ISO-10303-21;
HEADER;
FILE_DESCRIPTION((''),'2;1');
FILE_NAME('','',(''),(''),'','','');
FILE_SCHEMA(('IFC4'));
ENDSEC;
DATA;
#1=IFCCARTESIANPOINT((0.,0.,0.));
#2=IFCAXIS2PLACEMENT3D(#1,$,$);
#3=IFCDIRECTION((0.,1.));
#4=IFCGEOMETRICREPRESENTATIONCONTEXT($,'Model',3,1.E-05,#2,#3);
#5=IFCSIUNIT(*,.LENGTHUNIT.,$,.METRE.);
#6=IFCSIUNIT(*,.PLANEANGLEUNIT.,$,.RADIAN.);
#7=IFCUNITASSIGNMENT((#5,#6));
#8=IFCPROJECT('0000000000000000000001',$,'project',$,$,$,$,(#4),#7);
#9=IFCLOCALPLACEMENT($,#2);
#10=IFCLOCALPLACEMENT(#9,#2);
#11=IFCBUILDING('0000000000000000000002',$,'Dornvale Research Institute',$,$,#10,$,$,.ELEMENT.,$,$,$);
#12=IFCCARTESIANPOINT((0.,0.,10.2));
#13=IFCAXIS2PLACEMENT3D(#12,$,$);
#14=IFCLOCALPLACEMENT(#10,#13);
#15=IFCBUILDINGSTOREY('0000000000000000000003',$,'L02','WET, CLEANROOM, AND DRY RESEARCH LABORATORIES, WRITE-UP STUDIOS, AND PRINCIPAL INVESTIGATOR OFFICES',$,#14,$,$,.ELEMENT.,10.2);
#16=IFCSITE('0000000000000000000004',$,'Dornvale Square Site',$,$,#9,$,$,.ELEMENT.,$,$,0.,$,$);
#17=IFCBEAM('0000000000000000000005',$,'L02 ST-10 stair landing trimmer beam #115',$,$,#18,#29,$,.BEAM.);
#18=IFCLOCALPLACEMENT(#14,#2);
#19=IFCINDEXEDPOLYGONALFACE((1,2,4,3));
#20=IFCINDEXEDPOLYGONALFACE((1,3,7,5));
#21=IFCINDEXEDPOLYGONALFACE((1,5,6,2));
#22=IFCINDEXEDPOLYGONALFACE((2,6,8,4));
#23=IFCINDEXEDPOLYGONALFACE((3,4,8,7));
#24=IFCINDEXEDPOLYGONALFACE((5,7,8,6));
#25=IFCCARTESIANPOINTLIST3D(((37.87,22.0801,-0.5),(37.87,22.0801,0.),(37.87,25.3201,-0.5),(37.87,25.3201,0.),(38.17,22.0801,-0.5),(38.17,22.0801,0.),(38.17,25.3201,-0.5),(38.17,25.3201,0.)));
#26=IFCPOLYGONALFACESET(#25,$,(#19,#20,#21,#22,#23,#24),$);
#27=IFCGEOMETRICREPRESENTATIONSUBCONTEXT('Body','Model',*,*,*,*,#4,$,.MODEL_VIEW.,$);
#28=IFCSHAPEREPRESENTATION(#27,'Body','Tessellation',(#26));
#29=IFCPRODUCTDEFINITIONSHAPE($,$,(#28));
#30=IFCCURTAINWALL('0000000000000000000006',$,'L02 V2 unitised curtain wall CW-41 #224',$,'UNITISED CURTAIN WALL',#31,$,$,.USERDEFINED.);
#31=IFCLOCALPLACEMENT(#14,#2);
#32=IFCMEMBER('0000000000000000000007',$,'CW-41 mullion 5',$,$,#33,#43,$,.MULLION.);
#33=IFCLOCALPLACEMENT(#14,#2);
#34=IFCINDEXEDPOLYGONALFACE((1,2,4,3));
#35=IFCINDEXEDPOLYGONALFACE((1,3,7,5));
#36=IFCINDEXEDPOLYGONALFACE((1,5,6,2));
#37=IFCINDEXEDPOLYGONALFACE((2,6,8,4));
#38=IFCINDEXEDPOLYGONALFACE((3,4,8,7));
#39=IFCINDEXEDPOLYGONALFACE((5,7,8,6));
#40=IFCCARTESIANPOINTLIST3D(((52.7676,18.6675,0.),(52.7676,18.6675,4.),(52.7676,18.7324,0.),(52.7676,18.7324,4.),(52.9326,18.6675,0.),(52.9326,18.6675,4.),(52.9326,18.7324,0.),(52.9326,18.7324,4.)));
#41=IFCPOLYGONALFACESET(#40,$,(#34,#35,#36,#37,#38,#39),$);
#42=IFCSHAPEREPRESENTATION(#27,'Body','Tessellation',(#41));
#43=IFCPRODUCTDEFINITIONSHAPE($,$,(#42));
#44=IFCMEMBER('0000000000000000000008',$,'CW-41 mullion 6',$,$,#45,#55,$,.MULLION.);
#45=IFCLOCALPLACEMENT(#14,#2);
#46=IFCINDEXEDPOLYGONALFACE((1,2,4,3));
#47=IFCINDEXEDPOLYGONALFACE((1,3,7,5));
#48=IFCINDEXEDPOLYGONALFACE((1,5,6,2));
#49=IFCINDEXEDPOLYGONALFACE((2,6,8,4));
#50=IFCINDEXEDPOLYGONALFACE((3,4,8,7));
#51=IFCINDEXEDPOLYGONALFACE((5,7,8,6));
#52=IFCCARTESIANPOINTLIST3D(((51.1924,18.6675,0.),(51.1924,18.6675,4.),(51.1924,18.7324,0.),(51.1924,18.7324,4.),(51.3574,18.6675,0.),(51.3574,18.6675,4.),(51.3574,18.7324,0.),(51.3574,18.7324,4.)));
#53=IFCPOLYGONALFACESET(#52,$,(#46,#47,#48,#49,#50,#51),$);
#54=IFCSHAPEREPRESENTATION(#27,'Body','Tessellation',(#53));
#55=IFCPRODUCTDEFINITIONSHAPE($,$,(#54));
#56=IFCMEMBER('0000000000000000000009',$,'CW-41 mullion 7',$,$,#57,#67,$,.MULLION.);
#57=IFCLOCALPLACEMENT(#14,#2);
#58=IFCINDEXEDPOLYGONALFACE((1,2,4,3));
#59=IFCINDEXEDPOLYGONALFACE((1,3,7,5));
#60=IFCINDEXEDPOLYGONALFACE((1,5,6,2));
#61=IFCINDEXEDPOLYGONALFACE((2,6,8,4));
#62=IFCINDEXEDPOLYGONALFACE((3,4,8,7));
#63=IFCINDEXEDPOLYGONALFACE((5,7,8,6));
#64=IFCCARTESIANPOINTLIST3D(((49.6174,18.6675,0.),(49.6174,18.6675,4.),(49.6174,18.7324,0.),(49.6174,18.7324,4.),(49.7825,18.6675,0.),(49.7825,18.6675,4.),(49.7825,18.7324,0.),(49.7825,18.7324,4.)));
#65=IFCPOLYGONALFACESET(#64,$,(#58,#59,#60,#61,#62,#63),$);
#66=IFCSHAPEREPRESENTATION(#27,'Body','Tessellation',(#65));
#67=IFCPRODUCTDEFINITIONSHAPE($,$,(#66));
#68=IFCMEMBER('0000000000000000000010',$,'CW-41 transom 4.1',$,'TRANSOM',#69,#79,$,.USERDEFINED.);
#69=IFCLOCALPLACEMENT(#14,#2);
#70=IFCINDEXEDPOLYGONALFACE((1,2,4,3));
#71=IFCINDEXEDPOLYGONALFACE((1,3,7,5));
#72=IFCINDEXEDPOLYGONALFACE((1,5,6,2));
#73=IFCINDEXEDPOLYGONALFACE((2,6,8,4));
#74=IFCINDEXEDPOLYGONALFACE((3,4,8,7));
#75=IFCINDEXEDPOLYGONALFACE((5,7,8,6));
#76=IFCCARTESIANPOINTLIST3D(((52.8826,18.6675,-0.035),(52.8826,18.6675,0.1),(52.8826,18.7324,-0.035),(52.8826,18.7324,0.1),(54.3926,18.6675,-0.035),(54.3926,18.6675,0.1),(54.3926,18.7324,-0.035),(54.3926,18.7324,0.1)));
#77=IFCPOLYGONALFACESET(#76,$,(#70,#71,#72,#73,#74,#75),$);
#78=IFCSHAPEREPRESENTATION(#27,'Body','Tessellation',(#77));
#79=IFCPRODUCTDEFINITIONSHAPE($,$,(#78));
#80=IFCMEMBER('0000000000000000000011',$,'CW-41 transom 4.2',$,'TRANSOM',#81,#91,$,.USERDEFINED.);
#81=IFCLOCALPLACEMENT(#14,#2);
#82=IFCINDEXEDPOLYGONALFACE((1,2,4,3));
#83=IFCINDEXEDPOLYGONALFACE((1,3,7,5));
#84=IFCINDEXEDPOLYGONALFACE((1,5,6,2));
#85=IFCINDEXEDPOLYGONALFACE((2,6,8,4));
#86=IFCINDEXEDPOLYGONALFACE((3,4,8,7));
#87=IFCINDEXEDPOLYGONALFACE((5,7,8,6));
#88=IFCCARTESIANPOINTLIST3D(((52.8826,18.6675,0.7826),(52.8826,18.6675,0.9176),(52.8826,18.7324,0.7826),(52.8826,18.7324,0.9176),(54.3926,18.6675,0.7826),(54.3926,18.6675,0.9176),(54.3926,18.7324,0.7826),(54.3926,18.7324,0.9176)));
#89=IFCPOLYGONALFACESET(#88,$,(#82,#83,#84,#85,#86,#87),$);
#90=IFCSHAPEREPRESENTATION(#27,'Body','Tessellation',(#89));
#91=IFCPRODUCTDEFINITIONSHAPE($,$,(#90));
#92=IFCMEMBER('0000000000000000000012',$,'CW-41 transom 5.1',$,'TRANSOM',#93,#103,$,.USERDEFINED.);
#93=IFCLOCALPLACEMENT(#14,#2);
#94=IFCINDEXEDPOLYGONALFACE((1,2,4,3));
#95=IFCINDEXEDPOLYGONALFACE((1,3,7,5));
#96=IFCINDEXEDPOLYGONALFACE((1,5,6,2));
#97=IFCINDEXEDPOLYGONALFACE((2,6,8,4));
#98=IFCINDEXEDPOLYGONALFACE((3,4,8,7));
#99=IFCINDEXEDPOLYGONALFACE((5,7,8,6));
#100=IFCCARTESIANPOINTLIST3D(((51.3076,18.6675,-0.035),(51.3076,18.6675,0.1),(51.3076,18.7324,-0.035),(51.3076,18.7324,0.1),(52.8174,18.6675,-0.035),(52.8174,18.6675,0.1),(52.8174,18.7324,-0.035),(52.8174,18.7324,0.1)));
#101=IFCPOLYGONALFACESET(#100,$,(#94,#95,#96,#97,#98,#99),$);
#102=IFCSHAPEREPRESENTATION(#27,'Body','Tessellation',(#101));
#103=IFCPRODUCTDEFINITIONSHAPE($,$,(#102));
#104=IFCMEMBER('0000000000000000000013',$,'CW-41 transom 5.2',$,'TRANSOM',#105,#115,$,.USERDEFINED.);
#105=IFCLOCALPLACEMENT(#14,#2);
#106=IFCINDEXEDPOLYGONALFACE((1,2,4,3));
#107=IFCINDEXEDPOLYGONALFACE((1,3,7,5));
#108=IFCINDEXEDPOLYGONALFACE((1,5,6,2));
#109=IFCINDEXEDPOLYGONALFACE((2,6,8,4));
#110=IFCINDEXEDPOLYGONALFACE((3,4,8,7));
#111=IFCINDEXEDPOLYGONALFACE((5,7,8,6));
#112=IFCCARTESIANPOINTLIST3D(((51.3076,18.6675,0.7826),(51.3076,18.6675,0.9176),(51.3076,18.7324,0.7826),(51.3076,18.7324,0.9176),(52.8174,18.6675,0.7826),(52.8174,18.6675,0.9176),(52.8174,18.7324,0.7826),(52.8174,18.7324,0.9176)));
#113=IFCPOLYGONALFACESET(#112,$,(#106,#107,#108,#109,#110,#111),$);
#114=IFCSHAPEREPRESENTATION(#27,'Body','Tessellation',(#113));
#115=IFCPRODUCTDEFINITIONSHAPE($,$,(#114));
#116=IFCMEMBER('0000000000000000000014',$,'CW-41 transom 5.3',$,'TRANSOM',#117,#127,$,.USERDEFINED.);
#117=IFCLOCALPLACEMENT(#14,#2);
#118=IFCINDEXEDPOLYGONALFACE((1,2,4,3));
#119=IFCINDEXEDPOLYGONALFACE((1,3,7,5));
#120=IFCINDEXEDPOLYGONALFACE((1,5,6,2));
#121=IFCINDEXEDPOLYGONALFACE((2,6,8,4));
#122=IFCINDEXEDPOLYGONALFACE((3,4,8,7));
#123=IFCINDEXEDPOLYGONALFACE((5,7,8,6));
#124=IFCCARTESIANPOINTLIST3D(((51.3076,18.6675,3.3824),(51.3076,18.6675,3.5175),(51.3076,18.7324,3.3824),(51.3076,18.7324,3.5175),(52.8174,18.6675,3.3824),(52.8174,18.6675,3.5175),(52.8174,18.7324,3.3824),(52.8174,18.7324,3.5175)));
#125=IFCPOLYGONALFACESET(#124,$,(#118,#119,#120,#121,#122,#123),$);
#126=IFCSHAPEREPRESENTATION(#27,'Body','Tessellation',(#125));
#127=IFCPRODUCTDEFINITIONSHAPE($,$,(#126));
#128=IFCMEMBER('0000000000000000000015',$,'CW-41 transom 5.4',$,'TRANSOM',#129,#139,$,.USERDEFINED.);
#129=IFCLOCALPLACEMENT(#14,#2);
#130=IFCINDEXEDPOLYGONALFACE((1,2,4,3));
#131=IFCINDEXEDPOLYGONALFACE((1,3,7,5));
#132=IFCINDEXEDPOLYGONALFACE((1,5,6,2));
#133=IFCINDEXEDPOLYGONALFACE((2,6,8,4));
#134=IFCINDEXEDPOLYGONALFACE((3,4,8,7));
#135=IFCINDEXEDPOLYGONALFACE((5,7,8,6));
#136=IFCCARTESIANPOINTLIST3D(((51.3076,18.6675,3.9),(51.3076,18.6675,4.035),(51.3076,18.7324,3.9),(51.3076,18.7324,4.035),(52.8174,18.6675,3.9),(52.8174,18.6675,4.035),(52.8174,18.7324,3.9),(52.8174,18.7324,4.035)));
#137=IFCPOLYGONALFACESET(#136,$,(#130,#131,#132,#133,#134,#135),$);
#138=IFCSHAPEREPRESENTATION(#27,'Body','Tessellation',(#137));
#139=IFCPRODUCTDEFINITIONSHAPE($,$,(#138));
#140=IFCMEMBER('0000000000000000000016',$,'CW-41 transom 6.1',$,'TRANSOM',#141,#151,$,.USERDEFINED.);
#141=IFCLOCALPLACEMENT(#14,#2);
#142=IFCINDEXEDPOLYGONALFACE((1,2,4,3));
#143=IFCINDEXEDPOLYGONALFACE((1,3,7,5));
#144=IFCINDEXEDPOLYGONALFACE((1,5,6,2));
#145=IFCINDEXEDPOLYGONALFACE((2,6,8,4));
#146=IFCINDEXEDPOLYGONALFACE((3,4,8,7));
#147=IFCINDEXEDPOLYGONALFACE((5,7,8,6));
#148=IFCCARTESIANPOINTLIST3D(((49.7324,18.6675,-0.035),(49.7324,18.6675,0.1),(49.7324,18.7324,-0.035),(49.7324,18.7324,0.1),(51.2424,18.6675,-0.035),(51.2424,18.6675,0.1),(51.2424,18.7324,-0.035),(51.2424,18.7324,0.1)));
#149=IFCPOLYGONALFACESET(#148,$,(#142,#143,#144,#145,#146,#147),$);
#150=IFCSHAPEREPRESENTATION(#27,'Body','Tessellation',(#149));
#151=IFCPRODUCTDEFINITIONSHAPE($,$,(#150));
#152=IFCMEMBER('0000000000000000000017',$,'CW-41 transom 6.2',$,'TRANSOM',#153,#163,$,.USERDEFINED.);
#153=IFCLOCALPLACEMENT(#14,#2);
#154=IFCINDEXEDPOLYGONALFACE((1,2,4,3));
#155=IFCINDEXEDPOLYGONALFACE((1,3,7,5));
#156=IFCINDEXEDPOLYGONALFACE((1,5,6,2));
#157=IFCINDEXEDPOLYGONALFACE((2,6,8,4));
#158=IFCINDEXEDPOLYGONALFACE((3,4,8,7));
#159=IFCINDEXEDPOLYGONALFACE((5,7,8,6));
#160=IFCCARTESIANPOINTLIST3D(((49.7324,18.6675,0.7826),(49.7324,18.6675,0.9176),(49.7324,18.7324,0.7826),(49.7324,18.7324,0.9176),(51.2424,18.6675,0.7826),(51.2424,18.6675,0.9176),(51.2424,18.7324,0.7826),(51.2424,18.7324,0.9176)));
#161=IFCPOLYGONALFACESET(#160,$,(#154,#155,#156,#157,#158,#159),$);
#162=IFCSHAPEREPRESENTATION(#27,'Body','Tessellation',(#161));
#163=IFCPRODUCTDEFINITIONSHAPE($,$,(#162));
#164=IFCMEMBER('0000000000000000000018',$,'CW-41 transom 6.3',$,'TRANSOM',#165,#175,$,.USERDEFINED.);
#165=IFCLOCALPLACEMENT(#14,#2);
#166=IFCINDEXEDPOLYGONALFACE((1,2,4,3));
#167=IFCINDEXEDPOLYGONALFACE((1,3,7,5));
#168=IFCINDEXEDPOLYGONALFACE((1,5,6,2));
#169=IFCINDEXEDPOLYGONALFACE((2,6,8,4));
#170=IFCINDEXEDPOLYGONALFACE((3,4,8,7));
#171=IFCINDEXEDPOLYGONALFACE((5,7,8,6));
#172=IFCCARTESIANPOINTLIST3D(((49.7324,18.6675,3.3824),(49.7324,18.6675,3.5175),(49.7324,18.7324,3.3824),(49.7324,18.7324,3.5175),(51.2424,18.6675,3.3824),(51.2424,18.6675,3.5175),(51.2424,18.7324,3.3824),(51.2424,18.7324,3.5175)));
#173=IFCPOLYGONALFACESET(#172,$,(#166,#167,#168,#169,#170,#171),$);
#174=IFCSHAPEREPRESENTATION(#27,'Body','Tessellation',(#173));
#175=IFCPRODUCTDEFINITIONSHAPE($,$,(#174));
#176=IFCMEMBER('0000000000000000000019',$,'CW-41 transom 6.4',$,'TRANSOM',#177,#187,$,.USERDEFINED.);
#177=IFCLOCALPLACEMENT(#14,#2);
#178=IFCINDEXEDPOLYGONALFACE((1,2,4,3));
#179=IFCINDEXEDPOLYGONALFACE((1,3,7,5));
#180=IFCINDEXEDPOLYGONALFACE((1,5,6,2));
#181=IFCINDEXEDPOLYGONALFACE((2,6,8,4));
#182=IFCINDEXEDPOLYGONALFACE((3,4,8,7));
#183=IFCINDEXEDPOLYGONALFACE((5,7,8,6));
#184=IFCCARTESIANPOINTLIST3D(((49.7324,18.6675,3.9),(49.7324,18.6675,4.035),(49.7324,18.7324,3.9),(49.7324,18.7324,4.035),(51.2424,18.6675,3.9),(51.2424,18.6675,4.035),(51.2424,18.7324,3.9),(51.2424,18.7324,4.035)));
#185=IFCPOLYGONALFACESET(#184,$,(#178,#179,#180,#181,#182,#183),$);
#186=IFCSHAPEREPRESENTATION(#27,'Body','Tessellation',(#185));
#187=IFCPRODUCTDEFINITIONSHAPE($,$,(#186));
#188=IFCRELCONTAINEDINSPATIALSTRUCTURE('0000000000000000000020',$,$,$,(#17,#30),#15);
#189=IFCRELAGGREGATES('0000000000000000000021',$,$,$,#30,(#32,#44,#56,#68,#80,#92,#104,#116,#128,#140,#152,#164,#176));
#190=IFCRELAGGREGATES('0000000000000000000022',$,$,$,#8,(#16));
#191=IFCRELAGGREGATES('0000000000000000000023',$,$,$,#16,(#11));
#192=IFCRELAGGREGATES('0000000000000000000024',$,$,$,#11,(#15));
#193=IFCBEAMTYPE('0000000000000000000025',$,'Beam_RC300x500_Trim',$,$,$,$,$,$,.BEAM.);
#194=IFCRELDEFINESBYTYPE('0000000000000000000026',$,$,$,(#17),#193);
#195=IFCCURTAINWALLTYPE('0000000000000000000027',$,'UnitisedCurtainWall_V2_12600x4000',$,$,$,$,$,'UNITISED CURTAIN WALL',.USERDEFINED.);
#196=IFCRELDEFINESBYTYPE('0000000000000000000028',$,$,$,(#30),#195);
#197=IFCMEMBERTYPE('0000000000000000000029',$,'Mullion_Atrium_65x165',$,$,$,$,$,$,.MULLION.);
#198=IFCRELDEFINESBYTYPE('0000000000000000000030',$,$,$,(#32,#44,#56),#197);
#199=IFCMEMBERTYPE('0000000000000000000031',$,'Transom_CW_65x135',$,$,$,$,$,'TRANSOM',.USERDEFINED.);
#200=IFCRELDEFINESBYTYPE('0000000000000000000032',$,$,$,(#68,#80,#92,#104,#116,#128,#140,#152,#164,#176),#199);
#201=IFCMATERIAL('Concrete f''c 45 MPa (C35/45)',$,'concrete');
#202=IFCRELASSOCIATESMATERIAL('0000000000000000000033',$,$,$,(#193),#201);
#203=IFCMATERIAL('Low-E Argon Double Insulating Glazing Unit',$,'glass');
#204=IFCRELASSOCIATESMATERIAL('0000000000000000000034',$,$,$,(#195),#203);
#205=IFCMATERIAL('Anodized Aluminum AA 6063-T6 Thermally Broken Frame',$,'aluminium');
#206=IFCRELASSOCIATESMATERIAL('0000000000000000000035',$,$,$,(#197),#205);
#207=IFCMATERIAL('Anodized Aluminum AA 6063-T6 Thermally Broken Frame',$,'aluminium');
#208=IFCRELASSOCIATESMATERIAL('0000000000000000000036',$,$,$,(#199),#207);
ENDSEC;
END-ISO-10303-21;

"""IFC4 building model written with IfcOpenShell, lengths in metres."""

from ifc_helpers import new_model, si_unit, direction, frame, origin, origin_2d, place, context, subcontext, project, spatial, rectangle, extrude, material, material_profile, profile_set, type_object, element, aggregate, save


model = new_model("IFC4")

# Units and contexts
model_context = context("Model", 3, precision=1e-05, world=origin(), true_north=direction((0.0, 1.0)))
body_context = subcontext(model_context, "Body", "Model", "MODEL_VIEW")
ifc_project = project(units=[si_unit("LENGTHUNIT", "METRE"), si_unit("PLANEANGLEUNIT", "RADIAN")], contexts=[model_context])

# Site, building, storey
site_placement = place(None, origin())
site = spatial("IfcSite", under=ifc_project, at=site_placement, Name="Dornvale Square Site", CompositionType="ELEMENT", RefElevation=0.0)
building_placement = place(site_placement, origin())
building = spatial("IfcBuilding", under=site, at=building_placement, Name="Dornvale Research Institute", CompositionType="ELEMENT")
storey_placement = place(building_placement, frame((0.0, 0.0, 10.2)))
storey = spatial("IfcBuildingStorey", under=building, at=storey_placement, Name="L02", Description="WET, CLEANROOM, AND DRY RESEARCH LABORATORIES, WRITE-UP STUDIOS, AND PRINCIPAL INVESTIGATOR OFFICES", CompositionType="ELEMENT", Elevation=10.2)

# Beam
ifc_material_1 = material(Name="Concrete f'c 45 MPa (C35/45)", Category="concrete")
ifc_material_profile_1 = material_profile(ifc_material_1, rectangle(XDim=0.3, YDim=0.5, at=origin_2d()), Name="RC 300x500")
ifc_profile_set_1 = profile_set([ifc_material_profile_1], Name="Concrete f'c 45 MPa (C35/45)")
beam_type = type_object("IfcBeamType", Name="Beam_RC300x500_Trim", PredefinedType="BEAM", material=ifc_profile_set_1)
beam_placement = place(storey_placement, frame((38.02, 22.0801, -0.25), z_axis=(0.0, 1.0, 0.0), x_axis=(-1.0, 0.0, 0.0)))
element("IfcBeam", 1, at=beam_placement, inside=storey, type_object=beam_type, Name="L02 ST-10 stair landing trimmer beam #115", PredefinedType="BEAM", context=body_context, shape_type="SweptSolid", body=[
    extrude(rectangle(XDim=0.3, YDim=0.5, at=origin_2d()), origin(), (0.0, 0.0, 1.0), 3.24),
])

# Curtain wall, members
ifc_material_2 = material(Name="Low-E Argon Double Insulating Glazing Unit", Category="glass")
curtain_wall_type = type_object("IfcCurtainWallType", Name="UnitisedCurtainWall_V2_12600x4000", ElementType="UNITISED CURTAIN WALL", PredefinedType="USERDEFINED", material=ifc_material_2)
curtain_wall_placement = place(storey_placement, origin())
curtain_wall = element("IfcCurtainWall", 2, at=curtain_wall_placement, inside=storey, type_object=curtain_wall_type, Name="L02 V2 unitised curtain wall CW-41 #224", ObjectType="UNITISED CURTAIN WALL", PredefinedType="USERDEFINED")
ifc_material_3 = material(Name="Anodized Aluminum AA 6063-T6 Thermally Broken Frame", Category="aluminium")
ifc_material_profile_2 = material_profile(ifc_material_3, rectangle(XDim=0.0649, YDim=0.165, at=origin_2d()), Name="ALU MULLION 65x165")
ifc_profile_set_2 = profile_set([ifc_material_profile_2], Name="Anodized Aluminum AA 6063-T6 Thermally Broken Frame")
member_type_1 = type_object("IfcMemberType", Name="Mullion_Atrium_65x165", PredefinedType="MULLION", material=ifc_profile_set_2)
member_1_placement = place(storey_placement, frame((52.8501, 18.7, 0.0), z_axis=(0.0, 0.0, 1.0), x_axis=(0.0, -1.0, 0.0)))
member_1 = element("IfcMember", 3, at=member_1_placement, type_object=member_type_1, Name="CW-41 mullion 5", PredefinedType="MULLION", context=body_context, shape_type="SweptSolid", body=[
    extrude(rectangle(XDim=0.0649, YDim=0.165, at=origin_2d()), origin(), (0.0, 0.0, 1.0), 4.0),
])
member_2_placement = place(storey_placement, frame((51.2749, 18.7, 0.0), z_axis=(0.0, 0.0, 1.0), x_axis=(0.0, -1.0, 0.0)))
member_2 = element("IfcMember", 4, at=member_2_placement, type_object=member_type_1, Name="CW-41 mullion 6", PredefinedType="MULLION", context=body_context, shape_type="SweptSolid", body=[
    extrude(rectangle(XDim=0.0649, YDim=0.165, at=origin_2d()), origin(), (0.0, 0.0, 1.0), 4.0),
])
member_3_placement = place(storey_placement, frame((49.7, 18.7, 0.0), z_axis=(0.0, 0.0, 1.0), x_axis=(0.0, -1.0, 0.0)))
member_3 = element("IfcMember", 5, at=member_3_placement, type_object=member_type_1, Name="CW-41 mullion 7", PredefinedType="MULLION", context=body_context, shape_type="SweptSolid", body=[
    extrude(rectangle(XDim=0.0649, YDim=0.165, at=origin_2d()), origin(), (0.0, 0.0, 1.0), 4.0),
])
ifc_material_4 = material(Name="Anodized Aluminum AA 6063-T6 Thermally Broken Frame", Category="aluminium")
ifc_material_profile_3 = material_profile(ifc_material_4, rectangle(XDim=0.0649, YDim=0.135, at=origin_2d()), Name="ALU TRANSOM 65x135")
ifc_profile_set_3 = profile_set([ifc_material_profile_3], Name="Anodized Aluminum AA 6063-T6 Thermally Broken Frame")
member_type_2 = type_object("IfcMemberType", Name="Transom_CW_65x135", ElementType="TRANSOM", PredefinedType="USERDEFINED", material=ifc_profile_set_3)
member_4_placement = place(storey_placement, frame((54.3926, 18.7, 0.0325), z_axis=(-1.0, 0.0, 0.0), x_axis=(0.0, -1.0, 0.0)))
member_4 = element("IfcMember", 6, at=member_4_placement, type_object=member_type_2, Name="CW-41 transom 4.1", ObjectType="TRANSOM", PredefinedType="USERDEFINED", context=body_context, shape_type="SweptSolid", body=[
    extrude(rectangle(XDim=0.0649, YDim=0.135, at=origin_2d()), origin(), (0.0, 0.0, 1.0), 1.51),
])
member_5_placement = place(storey_placement, frame((54.3926, 18.7, 0.8501), z_axis=(-1.0, 0.0, 0.0), x_axis=(0.0, -1.0, 0.0)))
member_5 = element("IfcMember", 7, at=member_5_placement, type_object=member_type_2, Name="CW-41 transom 4.2", ObjectType="TRANSOM", PredefinedType="USERDEFINED", context=body_context, shape_type="SweptSolid", body=[
    extrude(rectangle(XDim=0.0649, YDim=0.135, at=origin_2d()), origin(), (0.0, 0.0, 1.0), 1.51),
])
member_6_placement = place(storey_placement, frame((52.8174, 18.7, 0.0325), z_axis=(-1.0, 0.0, 0.0), x_axis=(0.0, -1.0, 0.0)))
member_6 = element("IfcMember", 8, at=member_6_placement, type_object=member_type_2, Name="CW-41 transom 5.1", ObjectType="TRANSOM", PredefinedType="USERDEFINED", context=body_context, shape_type="SweptSolid", body=[
    extrude(rectangle(XDim=0.0649, YDim=0.135, at=origin_2d()), origin(), (0.0, 0.0, 1.0), 1.5098),
])
member_7_placement = place(storey_placement, frame((52.8174, 18.7, 0.8501), z_axis=(-1.0, 0.0, 0.0), x_axis=(0.0, -1.0, 0.0)))
member_7 = element("IfcMember", 9, at=member_7_placement, type_object=member_type_2, Name="CW-41 transom 5.2", ObjectType="TRANSOM", PredefinedType="USERDEFINED", context=body_context, shape_type="SweptSolid", body=[
    extrude(rectangle(XDim=0.0649, YDim=0.135, at=origin_2d()), origin(), (0.0, 0.0, 1.0), 1.5098),
])
member_8_placement = place(storey_placement, frame((52.8174, 18.7, 3.45), z_axis=(-1.0, 0.0, 0.0), x_axis=(0.0, -1.0, 0.0)))
member_8 = element("IfcMember", 10, at=member_8_placement, type_object=member_type_2, Name="CW-41 transom 5.3", ObjectType="TRANSOM", PredefinedType="USERDEFINED", context=body_context, shape_type="SweptSolid", body=[
    extrude(rectangle(XDim=0.0649, YDim=0.135, at=origin_2d()), origin(), (0.0, 0.0, 1.0), 1.5098),
])
member_9_placement = place(storey_placement, frame((52.8174, 18.7, 3.9675), z_axis=(-1.0, 0.0, 0.0), x_axis=(0.0, -1.0, 0.0)))
member_9 = element("IfcMember", 11, at=member_9_placement, type_object=member_type_2, Name="CW-41 transom 5.4", ObjectType="TRANSOM", PredefinedType="USERDEFINED", context=body_context, shape_type="SweptSolid", body=[
    extrude(rectangle(XDim=0.0649, YDim=0.135, at=origin_2d()), origin(), (0.0, 0.0, 1.0), 1.5098),
])
member_10_placement = place(storey_placement, frame((51.2424, 18.7, 0.0325), z_axis=(-1.0, 0.0, 0.0), x_axis=(0.0, -1.0, 0.0)))
member_10 = element("IfcMember", 12, at=member_10_placement, type_object=member_type_2, Name="CW-41 transom 6.1", ObjectType="TRANSOM", PredefinedType="USERDEFINED", context=body_context, shape_type="SweptSolid", body=[
    extrude(rectangle(XDim=0.0649, YDim=0.135, at=origin_2d()), origin(), (0.0, 0.0, 1.0), 1.51),
])
member_11_placement = place(storey_placement, frame((51.2424, 18.7, 0.8501), z_axis=(-1.0, 0.0, 0.0), x_axis=(0.0, -1.0, 0.0)))
member_11 = element("IfcMember", 13, at=member_11_placement, type_object=member_type_2, Name="CW-41 transom 6.2", ObjectType="TRANSOM", PredefinedType="USERDEFINED", context=body_context, shape_type="SweptSolid", body=[
    extrude(rectangle(XDim=0.0649, YDim=0.135, at=origin_2d()), origin(), (0.0, 0.0, 1.0), 1.51),
])
member_12_placement = place(storey_placement, frame((51.2424, 18.7, 3.45), z_axis=(-1.0, 0.0, 0.0), x_axis=(0.0, -1.0, 0.0)))
member_12 = element("IfcMember", 14, at=member_12_placement, type_object=member_type_2, Name="CW-41 transom 6.3", ObjectType="TRANSOM", PredefinedType="USERDEFINED", context=body_context, shape_type="SweptSolid", body=[
    extrude(rectangle(XDim=0.0649, YDim=0.135, at=origin_2d()), origin(), (0.0, 0.0, 1.0), 1.51),
])
member_13_placement = place(storey_placement, frame((51.2424, 18.7, 3.9675), z_axis=(-1.0, 0.0, 0.0), x_axis=(0.0, -1.0, 0.0)))
member_13 = element("IfcMember", 15, at=member_13_placement, type_object=member_type_2, Name="CW-41 transom 6.4", ObjectType="TRANSOM", PredefinedType="USERDEFINED", context=body_context, shape_type="SweptSolid", body=[
    extrude(rectangle(XDim=0.0649, YDim=0.135, at=origin_2d()), origin(), (0.0, 0.0, 1.0), 1.51),
])
aggregate(curtain_wall, [member_1, member_2, member_3, member_4, member_5, member_6, member_7, member_8, member_9, member_10, member_11, member_12, member_13])

save(model, "model.ifc")
